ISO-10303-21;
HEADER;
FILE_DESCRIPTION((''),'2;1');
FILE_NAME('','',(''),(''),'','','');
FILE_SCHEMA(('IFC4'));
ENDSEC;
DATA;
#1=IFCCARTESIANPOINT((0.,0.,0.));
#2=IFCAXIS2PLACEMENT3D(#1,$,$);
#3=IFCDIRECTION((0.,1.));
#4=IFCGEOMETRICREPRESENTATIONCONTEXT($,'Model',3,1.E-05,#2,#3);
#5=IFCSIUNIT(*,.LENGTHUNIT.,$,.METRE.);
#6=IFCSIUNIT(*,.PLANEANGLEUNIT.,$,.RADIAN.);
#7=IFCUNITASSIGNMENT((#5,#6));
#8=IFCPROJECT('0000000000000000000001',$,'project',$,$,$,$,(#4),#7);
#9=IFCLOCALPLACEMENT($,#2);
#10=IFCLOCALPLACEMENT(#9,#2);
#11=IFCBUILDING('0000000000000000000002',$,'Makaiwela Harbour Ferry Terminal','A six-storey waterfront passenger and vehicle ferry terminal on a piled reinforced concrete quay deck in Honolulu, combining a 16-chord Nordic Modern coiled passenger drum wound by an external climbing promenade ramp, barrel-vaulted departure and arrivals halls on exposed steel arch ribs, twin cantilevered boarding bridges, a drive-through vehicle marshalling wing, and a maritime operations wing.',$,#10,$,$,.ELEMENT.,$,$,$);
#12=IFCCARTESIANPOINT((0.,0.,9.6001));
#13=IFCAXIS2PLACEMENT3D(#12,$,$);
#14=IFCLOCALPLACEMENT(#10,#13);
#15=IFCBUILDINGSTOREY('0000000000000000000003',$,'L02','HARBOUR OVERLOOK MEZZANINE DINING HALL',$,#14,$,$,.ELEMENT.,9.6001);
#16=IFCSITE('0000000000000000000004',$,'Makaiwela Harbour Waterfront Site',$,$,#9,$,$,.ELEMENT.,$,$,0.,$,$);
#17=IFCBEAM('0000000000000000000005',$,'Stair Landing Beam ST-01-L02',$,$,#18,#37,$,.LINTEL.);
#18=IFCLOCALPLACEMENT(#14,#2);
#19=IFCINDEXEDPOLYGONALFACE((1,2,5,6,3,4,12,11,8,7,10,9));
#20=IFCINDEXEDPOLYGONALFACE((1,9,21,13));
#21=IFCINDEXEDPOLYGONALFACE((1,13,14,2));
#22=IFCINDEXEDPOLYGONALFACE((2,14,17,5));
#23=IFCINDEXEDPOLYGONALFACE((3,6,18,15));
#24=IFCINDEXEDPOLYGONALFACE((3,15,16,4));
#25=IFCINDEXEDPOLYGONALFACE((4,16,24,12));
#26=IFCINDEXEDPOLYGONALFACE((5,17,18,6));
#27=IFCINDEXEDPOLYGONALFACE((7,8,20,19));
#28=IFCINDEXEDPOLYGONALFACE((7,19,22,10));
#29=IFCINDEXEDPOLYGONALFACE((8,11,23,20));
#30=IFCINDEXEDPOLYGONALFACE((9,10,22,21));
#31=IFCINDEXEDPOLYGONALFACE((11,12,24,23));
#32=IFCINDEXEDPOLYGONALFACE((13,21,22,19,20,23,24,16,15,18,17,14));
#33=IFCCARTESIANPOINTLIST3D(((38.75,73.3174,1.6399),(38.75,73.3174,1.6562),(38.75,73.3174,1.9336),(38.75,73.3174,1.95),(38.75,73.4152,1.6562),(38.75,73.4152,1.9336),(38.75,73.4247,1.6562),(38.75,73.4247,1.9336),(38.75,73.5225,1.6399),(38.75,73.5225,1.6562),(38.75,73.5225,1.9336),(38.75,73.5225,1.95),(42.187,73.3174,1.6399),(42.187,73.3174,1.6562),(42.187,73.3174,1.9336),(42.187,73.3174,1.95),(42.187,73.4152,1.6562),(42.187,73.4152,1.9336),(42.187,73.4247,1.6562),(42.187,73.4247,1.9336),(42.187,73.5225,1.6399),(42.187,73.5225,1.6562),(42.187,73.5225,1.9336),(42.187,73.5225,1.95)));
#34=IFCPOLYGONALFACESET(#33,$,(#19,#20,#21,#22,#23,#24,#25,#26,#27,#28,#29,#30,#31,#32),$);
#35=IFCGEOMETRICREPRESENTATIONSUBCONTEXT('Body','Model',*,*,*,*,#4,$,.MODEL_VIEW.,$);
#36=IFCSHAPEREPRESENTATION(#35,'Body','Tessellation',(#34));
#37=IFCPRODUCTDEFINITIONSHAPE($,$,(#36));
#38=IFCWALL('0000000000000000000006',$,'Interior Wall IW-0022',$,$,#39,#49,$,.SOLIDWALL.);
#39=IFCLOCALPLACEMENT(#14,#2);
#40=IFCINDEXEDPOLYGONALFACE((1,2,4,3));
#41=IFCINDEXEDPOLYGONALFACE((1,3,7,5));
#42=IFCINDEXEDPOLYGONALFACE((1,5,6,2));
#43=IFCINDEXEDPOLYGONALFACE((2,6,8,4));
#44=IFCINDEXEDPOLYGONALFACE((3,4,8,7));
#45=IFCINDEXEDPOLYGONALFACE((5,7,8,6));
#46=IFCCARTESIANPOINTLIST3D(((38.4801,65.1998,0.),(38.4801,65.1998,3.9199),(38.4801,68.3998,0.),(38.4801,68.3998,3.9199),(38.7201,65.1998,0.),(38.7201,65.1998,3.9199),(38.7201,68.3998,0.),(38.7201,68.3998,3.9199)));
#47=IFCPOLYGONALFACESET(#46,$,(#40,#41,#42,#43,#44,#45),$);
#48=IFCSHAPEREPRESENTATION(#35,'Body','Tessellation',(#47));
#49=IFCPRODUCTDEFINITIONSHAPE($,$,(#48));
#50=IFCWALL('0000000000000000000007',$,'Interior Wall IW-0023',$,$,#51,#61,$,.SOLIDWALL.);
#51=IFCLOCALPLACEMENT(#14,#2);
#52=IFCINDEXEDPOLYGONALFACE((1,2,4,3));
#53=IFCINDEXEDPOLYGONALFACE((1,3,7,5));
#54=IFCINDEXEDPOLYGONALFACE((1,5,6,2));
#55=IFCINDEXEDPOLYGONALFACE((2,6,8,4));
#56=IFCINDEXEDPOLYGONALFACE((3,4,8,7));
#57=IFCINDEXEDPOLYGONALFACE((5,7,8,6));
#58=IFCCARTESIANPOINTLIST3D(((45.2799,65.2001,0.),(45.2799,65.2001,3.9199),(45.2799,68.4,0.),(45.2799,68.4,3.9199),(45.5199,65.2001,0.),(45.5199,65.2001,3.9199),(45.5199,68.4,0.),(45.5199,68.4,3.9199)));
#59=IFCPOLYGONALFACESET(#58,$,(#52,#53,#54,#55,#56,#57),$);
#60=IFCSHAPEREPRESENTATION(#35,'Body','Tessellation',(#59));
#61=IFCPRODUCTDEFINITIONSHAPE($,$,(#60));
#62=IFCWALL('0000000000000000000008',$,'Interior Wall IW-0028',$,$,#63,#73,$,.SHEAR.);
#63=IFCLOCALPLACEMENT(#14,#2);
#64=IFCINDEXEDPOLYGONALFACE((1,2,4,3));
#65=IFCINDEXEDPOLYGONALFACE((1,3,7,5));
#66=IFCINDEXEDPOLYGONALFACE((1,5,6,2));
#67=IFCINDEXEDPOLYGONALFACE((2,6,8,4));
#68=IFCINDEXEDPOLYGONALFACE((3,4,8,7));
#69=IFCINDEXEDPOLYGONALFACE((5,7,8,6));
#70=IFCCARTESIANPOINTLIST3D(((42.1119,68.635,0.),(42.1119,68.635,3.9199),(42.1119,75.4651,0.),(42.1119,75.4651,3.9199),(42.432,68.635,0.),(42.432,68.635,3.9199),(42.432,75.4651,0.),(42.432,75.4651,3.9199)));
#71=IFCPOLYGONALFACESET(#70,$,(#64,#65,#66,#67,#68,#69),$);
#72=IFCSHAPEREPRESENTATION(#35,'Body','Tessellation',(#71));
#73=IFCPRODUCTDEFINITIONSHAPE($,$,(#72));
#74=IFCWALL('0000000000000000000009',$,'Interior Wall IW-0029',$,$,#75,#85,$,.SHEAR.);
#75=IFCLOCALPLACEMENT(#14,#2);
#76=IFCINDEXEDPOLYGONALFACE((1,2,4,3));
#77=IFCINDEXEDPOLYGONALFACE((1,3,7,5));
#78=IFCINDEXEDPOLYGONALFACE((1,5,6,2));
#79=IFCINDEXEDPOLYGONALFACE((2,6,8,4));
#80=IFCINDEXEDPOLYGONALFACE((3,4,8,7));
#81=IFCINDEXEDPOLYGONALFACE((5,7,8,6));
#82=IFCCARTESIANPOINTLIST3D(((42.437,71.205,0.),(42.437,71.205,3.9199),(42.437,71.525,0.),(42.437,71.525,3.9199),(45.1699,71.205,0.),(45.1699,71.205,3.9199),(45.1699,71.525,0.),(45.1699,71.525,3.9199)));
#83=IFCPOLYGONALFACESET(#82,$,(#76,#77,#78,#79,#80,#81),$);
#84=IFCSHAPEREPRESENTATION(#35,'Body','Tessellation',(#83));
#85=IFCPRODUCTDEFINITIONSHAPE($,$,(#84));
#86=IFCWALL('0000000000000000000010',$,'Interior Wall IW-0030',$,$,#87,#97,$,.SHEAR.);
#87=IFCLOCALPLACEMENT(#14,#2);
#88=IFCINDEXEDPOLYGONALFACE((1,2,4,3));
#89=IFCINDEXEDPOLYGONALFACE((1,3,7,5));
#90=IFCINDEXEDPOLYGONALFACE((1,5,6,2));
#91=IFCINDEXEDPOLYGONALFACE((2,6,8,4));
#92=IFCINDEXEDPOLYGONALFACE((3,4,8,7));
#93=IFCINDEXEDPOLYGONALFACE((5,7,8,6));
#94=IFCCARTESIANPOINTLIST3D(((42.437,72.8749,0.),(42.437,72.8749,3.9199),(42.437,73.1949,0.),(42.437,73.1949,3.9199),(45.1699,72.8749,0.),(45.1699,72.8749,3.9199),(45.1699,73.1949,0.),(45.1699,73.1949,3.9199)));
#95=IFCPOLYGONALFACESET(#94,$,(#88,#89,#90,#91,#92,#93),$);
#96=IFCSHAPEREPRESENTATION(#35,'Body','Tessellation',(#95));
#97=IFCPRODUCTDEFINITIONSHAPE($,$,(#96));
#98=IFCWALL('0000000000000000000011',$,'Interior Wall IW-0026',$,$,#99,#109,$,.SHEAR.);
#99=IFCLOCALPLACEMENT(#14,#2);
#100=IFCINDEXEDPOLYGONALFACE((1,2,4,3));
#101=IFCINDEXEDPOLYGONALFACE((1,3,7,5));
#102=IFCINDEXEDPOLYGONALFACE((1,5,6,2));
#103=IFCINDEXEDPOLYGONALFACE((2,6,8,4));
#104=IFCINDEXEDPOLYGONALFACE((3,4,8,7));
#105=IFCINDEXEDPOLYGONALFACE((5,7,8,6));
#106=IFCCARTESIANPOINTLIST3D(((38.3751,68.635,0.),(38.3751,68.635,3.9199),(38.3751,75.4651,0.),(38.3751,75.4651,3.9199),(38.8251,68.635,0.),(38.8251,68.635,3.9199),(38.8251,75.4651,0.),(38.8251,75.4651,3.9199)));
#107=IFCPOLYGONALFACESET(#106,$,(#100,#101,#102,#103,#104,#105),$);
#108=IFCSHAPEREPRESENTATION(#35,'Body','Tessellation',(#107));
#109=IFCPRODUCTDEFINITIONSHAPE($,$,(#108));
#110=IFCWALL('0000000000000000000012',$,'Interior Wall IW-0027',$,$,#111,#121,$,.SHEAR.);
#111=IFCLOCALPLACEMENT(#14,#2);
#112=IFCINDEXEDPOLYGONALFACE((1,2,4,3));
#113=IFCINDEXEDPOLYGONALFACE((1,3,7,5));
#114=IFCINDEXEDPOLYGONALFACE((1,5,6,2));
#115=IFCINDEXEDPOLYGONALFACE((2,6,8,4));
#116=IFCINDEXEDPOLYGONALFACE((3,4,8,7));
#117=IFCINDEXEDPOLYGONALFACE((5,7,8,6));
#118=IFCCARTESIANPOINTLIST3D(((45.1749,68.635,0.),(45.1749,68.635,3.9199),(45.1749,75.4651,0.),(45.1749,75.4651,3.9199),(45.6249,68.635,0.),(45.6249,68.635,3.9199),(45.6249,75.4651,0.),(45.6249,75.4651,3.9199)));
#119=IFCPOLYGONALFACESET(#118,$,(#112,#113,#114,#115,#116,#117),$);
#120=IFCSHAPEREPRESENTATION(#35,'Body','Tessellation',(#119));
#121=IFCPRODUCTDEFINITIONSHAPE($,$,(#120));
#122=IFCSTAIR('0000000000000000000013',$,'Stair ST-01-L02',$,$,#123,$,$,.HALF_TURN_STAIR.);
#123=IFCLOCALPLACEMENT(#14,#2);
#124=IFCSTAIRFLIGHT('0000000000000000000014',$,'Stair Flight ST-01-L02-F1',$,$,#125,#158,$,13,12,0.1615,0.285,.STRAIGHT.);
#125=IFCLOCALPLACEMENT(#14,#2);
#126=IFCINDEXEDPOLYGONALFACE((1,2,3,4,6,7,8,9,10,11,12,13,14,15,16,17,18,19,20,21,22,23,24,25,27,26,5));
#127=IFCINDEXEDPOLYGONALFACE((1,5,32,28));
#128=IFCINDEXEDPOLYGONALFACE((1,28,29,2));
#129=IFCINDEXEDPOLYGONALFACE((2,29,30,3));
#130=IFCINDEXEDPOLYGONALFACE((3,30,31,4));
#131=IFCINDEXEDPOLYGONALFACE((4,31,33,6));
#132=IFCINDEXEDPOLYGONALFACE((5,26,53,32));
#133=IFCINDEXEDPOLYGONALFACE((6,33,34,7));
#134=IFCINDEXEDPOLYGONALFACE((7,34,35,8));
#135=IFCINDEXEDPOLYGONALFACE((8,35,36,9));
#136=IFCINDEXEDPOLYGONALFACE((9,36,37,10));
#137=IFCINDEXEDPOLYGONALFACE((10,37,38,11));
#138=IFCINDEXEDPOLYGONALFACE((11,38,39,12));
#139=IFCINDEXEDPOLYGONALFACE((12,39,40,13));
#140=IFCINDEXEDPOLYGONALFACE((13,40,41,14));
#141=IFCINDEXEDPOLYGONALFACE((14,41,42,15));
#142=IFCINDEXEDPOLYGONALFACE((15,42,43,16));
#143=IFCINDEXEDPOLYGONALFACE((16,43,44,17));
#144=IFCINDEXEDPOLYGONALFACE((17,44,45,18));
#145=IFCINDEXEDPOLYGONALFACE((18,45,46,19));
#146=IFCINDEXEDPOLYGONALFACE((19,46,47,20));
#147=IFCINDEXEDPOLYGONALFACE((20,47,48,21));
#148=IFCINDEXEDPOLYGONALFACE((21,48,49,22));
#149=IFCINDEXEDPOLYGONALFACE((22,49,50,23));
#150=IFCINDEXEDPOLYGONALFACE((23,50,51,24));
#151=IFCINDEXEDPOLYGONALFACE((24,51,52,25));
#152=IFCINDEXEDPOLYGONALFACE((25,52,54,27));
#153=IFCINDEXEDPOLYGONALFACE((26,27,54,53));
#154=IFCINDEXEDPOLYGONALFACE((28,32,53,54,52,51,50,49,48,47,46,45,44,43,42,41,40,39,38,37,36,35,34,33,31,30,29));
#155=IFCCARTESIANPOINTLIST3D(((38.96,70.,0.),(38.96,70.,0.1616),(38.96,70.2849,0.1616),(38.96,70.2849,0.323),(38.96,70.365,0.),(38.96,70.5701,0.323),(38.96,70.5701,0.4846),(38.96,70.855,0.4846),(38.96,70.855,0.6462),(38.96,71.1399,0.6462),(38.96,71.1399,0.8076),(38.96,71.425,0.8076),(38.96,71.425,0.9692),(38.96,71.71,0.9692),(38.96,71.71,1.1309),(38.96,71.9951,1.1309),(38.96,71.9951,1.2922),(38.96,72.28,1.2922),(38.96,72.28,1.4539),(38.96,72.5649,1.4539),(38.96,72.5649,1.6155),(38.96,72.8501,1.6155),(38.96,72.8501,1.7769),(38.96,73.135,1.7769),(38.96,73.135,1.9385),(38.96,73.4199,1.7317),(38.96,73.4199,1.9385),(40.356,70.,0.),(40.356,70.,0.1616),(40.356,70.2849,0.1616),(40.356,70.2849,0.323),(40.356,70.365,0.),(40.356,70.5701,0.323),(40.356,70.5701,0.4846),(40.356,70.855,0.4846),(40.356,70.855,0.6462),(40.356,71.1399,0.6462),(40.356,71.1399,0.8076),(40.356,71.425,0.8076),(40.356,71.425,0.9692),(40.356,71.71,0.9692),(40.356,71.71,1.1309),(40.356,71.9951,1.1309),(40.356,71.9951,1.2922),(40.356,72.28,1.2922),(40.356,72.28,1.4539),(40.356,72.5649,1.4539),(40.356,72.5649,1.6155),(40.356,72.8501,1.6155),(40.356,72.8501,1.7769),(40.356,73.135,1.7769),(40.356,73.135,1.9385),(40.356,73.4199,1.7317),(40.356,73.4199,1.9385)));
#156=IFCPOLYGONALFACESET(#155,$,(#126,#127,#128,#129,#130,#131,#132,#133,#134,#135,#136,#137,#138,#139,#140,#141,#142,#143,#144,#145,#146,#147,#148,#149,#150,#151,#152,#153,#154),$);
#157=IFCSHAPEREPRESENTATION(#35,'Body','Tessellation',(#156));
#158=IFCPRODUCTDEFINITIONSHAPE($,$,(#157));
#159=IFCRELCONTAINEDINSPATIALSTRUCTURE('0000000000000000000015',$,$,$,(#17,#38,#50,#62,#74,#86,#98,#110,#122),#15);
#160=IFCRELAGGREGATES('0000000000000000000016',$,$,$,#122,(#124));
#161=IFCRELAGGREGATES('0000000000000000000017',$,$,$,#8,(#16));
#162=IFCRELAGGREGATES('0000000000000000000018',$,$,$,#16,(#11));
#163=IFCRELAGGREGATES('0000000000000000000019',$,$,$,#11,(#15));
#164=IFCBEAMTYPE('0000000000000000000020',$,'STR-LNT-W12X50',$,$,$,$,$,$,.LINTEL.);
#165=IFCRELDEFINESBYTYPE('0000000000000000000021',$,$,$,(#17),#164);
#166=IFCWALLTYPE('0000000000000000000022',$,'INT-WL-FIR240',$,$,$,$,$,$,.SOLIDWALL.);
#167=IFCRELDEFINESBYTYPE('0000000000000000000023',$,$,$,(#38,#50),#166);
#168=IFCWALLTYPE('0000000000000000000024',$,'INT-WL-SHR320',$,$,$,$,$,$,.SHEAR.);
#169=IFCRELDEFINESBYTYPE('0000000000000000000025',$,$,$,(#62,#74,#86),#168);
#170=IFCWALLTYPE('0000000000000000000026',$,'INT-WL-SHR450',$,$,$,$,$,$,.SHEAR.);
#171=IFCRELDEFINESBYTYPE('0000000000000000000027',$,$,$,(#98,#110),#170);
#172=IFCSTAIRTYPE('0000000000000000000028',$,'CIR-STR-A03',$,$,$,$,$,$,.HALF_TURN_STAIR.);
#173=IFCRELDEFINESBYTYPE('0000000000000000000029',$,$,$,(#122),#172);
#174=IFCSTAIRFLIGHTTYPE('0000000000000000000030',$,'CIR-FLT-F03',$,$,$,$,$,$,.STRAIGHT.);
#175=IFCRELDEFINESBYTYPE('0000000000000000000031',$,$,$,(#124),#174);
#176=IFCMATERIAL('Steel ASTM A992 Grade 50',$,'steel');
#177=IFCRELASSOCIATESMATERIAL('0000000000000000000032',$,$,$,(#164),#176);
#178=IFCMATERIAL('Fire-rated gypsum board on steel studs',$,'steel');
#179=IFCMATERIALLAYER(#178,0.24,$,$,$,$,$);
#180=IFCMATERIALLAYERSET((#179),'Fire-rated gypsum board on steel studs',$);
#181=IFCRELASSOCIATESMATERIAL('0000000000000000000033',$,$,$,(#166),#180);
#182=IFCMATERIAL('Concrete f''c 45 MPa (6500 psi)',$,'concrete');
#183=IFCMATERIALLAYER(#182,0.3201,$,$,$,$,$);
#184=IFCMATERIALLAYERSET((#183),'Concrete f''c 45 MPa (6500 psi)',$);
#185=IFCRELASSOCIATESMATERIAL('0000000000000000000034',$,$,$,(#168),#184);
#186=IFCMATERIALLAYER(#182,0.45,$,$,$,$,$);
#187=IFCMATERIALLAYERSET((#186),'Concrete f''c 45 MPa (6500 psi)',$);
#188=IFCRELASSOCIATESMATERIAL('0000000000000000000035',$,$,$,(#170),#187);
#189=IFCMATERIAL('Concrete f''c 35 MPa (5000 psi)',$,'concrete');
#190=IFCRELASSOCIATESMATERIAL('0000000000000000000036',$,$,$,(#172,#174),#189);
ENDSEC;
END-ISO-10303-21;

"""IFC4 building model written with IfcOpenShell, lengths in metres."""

from ifc_helpers import new_model, si_unit, direction, frame, frame_2d, origin, origin_2d, place, context, subcontext, project, spatial, polyline, rectangle, i_section, outline, extrude, material, layer, layer_set, material_profile, profile_set, type_object, element, aggregate, save


model = new_model("IFC4")

# Units and contexts
model_context = context("Model", 3, precision=1e-05, world=origin(), true_north=direction((0.0, 1.0)))
body_context = subcontext(model_context, "Body", "Model", "MODEL_VIEW")
ifc_project = project(units=[si_unit("LENGTHUNIT", "METRE"), si_unit("PLANEANGLEUNIT", "RADIAN")], contexts=[model_context])

# Site, building, storey
site_placement = place(None, origin())
site = spatial("IfcSite", under=ifc_project, at=site_placement, Name="Makaiwela Harbour Waterfront Site", CompositionType="ELEMENT", RefElevation=0.0)
building_placement = place(site_placement, origin())
building = spatial("IfcBuilding", under=site, at=building_placement, Name="Makaiwela Harbour Ferry Terminal", Description="A six-storey waterfront passenger and vehicle ferry terminal on a piled reinforced concrete quay deck in Honolulu, combining a 16-chord Nordic Modern coiled passenger drum wound by an external climbing promenade ramp, barrel-vaulted departure and arrivals halls on exposed steel arch ribs, twin cantilevered boarding bridges, a drive-through vehicle marshalling wing, and a maritime operations wing.", CompositionType="ELEMENT")
storey_placement = place(building_placement, frame((0.0, 0.0, 9.6001)))
storey = spatial("IfcBuildingStorey", under=building, at=storey_placement, Name="L02", Description="HARBOUR OVERLOOK MEZZANINE DINING HALL", CompositionType="ELEMENT", Elevation=9.6001)

# Shared definitions
ifc_material_1 = material(Name="Steel ASTM A992 Grade 50", Category="steel")

# Beam
ifc_material_profile_1 = material_profile(ifc_material_1, i_section(OverallWidth=0.2051, OverallDepth=0.3101, WebThickness=0.0095, FlangeThickness=0.0164, at=origin_2d()), Name="W12X50")
ifc_profile_set_1 = profile_set([ifc_material_profile_1], Name="Steel ASTM A992 Grade 50")
beam_type_1 = type_object("IfcBeamType", Name="STR-LNT-W12X50", PredefinedType="LINTEL", material=ifc_profile_set_1)
beam_1_placement = place(storey_placement, frame((38.75, 73.4199, 1.7949), z_axis=(1.0, 0.0, 0.0), x_axis=(0.0, 1.0, 0.0)))
element("IfcBeam", 1, at=beam_1_placement, inside=storey, type_object=beam_type_1, Name="Stair Landing Beam ST-01-L02", PredefinedType="LINTEL", context=body_context, shape_type="SweptSolid", body=[
    extrude(i_section(OverallWidth=0.2051, OverallDepth=0.3101, WebThickness=0.0095, FlangeThickness=0.0164, at=origin_2d()), origin(), (0.0, 0.0, 1.0), 3.437),
])

# Walls
ifc_material_2 = material(Name="Fire-rated gypsum board on steel studs", Category="steel")
ifc_layer_1 = layer(ifc_material_2, 0.24)
ifc_layer_set_1 = layer_set([ifc_layer_1], Name="Fire-rated gypsum board on steel studs")
wall_type_1 = type_object("IfcWallType", Name="INT-WL-FIR240", PredefinedType="SOLIDWALL", material=ifc_layer_set_1)
for number, where, z_axis, x_axis, name in (
    (2, (38.6001, 68.3999, 0.0), (0.0, 0.0, 1.0), (0.0, -1.0, 0.0), "Interior Wall IW-0022"),
    (3, (45.3999, 65.2, 0.0), (0.0, 0.0, 1.0), (0.0, 1.0, 0.0), "Interior Wall IW-0023"),
):
    element("IfcWall", number, at=place(storey_placement, frame(where, z_axis=z_axis, x_axis=x_axis)), inside=storey, type_object=wall_type_1, Name=name, PredefinedType="SOLIDWALL", context=body_context, shape_type="SweptSolid", body=[
        extrude(rectangle(XDim=3.2, YDim=0.24, at=frame_2d((1.6001, 0.0))), origin(), (0.0, 0.0, 1.0), 3.9199),
    ])
ifc_material_3 = material(Name="Concrete f'c 45 MPa (6500 psi)", Category="concrete")
ifc_layer_2 = layer(ifc_material_3, 0.3201)
ifc_layer_set_2 = layer_set([ifc_layer_2], Name="Concrete f'c 45 MPa (6500 psi)")
wall_type_2 = type_object("IfcWallType", Name="INT-WL-SHR320", PredefinedType="SHEAR", material=ifc_layer_set_2)
wall_placement = place(storey_placement, frame((42.272, 68.635, 0.0), z_axis=(0.0, 0.0, 1.0), x_axis=(0.0, 1.0, 0.0)))
element("IfcWall", 4, at=wall_placement, inside=storey, type_object=wall_type_2, Name="Interior Wall IW-0028", PredefinedType="SHEAR", context=body_context, shape_type="SweptSolid", body=[
    extrude(rectangle(XDim=6.8301, YDim=0.3201, at=frame_2d((3.415, 0.0))), origin(), (0.0, 0.0, 1.0), 3.9199),
])
for number, where, z_axis, x_axis, name in (
    (5, (42.437, 71.365, 0.0), (0.0, 0.0, 1.0), (1.0, 0.0, 0.0), "Interior Wall IW-0029"),
    (6, (42.437, 73.0349, 0.0), (0.0, 0.0, 1.0), (1.0, 0.0, 0.0), "Interior Wall IW-0030"),
):
    element("IfcWall", number, at=place(storey_placement, frame(where, z_axis=z_axis, x_axis=x_axis)), inside=storey, type_object=wall_type_2, Name=name, PredefinedType="SHEAR", context=body_context, shape_type="SweptSolid", body=[
        extrude(rectangle(XDim=2.7329, YDim=0.3201, at=frame_2d((1.3665, 0.0))), origin(), (0.0, 0.0, 1.0), 3.9199),
    ])
ifc_layer_3 = layer(ifc_material_3, 0.45)
ifc_layer_set_3 = layer_set([ifc_layer_3], Name="Concrete f'c 45 MPa (6500 psi)")
wall_type_3 = type_object("IfcWallType", Name="INT-WL-SHR450", PredefinedType="SHEAR", material=ifc_layer_set_3)
for number, where, z_axis, x_axis, name in (
    (7, (38.6001, 68.635, 0.0), (0.0, 0.0, 1.0), (0.0, 1.0, 0.0), "Interior Wall IW-0026"),
    (8, (45.3999, 68.635, 0.0), (0.0, 0.0, 1.0), (0.0, 1.0, 0.0), "Interior Wall IW-0027"),
):
    element("IfcWall", number, at=place(storey_placement, frame(where, z_axis=z_axis, x_axis=x_axis)), inside=storey, type_object=wall_type_3, Name=name, PredefinedType="SHEAR", context=body_context, shape_type="SweptSolid", body=[
        extrude(rectangle(XDim=6.8301, YDim=0.45, at=frame_2d((3.415, 0.0))), origin(), (0.0, 0.0, 1.0), 3.9199),
    ])

# Stair, stair flight
ifc_material_4 = material(Name="Concrete f'c 35 MPa (5000 psi)", Category="concrete")
stair_type = type_object("IfcStairType", Name="CIR-STR-A03", PredefinedType="HALF_TURN_STAIR", material=ifc_material_4)
stair_placement = place(storey_placement, origin())
stair = element("IfcStair", 9, at=stair_placement, inside=storey, type_object=stair_type, Name="Stair ST-01-L02", PredefinedType="HALF_TURN_STAIR")
stair_flight_type = type_object("IfcStairFlightType", Name="CIR-FLT-F03", PredefinedType="STRAIGHT", material=ifc_material_4)
stair_flight_1_placement = place(storey_placement, frame((39.658, 70.0, 0.0), z_axis=(0.0, 0.0, 1.0), x_axis=(0.0, 1.0, 0.0)))
stair_flight_1 = element("IfcStairFlight", 10, at=stair_flight_1_placement, type_object=stair_flight_type, Name="Stair Flight ST-01-L02-F1", NumberOfRisers=13, NumberOfTreads=12, PredefinedType="STRAIGHT", RiserHeight=0.1615, TreadLength=0.285, context=body_context, shape_type="SweptSolid", body=[
    extrude(outline(polyline([(0.0, 0.0), (0.0, 0.1616), (0.2849, 0.1616), (0.2849, 0.323), (0.5701, 0.323), (0.5701, 0.4846), (0.855, 0.4846), (0.855, 0.6462), (1.1399, 0.6462), (1.1399, 0.8076), (1.425, 0.8076), (1.425, 0.9692), (1.71, 0.9692), (1.71, 1.1309), (1.9951, 1.1309), (1.9951, 1.2922), (2.28, 1.2922), (2.28, 1.4539), (2.5649, 1.4539), (2.5649, 1.6155), (2.8501, 1.6155), (2.8501, 1.7769), (3.135, 1.7769), (3.135, 1.9385), (3.4199, 1.9385), (3.4199, 2.1001), (3.4199, 1.7317), (0.365, 0.0), (0.0, 0.0)])), frame((0.0, 0.698, 0.0), z_axis=(0.0, -1.0, 0.0), x_axis=(1.0, 0.0, 0.0)), (0.0, 0.0, 1.0), 1.396),
])
aggregate(stair, [stair_flight_1])

save(model, "model.ifc")
